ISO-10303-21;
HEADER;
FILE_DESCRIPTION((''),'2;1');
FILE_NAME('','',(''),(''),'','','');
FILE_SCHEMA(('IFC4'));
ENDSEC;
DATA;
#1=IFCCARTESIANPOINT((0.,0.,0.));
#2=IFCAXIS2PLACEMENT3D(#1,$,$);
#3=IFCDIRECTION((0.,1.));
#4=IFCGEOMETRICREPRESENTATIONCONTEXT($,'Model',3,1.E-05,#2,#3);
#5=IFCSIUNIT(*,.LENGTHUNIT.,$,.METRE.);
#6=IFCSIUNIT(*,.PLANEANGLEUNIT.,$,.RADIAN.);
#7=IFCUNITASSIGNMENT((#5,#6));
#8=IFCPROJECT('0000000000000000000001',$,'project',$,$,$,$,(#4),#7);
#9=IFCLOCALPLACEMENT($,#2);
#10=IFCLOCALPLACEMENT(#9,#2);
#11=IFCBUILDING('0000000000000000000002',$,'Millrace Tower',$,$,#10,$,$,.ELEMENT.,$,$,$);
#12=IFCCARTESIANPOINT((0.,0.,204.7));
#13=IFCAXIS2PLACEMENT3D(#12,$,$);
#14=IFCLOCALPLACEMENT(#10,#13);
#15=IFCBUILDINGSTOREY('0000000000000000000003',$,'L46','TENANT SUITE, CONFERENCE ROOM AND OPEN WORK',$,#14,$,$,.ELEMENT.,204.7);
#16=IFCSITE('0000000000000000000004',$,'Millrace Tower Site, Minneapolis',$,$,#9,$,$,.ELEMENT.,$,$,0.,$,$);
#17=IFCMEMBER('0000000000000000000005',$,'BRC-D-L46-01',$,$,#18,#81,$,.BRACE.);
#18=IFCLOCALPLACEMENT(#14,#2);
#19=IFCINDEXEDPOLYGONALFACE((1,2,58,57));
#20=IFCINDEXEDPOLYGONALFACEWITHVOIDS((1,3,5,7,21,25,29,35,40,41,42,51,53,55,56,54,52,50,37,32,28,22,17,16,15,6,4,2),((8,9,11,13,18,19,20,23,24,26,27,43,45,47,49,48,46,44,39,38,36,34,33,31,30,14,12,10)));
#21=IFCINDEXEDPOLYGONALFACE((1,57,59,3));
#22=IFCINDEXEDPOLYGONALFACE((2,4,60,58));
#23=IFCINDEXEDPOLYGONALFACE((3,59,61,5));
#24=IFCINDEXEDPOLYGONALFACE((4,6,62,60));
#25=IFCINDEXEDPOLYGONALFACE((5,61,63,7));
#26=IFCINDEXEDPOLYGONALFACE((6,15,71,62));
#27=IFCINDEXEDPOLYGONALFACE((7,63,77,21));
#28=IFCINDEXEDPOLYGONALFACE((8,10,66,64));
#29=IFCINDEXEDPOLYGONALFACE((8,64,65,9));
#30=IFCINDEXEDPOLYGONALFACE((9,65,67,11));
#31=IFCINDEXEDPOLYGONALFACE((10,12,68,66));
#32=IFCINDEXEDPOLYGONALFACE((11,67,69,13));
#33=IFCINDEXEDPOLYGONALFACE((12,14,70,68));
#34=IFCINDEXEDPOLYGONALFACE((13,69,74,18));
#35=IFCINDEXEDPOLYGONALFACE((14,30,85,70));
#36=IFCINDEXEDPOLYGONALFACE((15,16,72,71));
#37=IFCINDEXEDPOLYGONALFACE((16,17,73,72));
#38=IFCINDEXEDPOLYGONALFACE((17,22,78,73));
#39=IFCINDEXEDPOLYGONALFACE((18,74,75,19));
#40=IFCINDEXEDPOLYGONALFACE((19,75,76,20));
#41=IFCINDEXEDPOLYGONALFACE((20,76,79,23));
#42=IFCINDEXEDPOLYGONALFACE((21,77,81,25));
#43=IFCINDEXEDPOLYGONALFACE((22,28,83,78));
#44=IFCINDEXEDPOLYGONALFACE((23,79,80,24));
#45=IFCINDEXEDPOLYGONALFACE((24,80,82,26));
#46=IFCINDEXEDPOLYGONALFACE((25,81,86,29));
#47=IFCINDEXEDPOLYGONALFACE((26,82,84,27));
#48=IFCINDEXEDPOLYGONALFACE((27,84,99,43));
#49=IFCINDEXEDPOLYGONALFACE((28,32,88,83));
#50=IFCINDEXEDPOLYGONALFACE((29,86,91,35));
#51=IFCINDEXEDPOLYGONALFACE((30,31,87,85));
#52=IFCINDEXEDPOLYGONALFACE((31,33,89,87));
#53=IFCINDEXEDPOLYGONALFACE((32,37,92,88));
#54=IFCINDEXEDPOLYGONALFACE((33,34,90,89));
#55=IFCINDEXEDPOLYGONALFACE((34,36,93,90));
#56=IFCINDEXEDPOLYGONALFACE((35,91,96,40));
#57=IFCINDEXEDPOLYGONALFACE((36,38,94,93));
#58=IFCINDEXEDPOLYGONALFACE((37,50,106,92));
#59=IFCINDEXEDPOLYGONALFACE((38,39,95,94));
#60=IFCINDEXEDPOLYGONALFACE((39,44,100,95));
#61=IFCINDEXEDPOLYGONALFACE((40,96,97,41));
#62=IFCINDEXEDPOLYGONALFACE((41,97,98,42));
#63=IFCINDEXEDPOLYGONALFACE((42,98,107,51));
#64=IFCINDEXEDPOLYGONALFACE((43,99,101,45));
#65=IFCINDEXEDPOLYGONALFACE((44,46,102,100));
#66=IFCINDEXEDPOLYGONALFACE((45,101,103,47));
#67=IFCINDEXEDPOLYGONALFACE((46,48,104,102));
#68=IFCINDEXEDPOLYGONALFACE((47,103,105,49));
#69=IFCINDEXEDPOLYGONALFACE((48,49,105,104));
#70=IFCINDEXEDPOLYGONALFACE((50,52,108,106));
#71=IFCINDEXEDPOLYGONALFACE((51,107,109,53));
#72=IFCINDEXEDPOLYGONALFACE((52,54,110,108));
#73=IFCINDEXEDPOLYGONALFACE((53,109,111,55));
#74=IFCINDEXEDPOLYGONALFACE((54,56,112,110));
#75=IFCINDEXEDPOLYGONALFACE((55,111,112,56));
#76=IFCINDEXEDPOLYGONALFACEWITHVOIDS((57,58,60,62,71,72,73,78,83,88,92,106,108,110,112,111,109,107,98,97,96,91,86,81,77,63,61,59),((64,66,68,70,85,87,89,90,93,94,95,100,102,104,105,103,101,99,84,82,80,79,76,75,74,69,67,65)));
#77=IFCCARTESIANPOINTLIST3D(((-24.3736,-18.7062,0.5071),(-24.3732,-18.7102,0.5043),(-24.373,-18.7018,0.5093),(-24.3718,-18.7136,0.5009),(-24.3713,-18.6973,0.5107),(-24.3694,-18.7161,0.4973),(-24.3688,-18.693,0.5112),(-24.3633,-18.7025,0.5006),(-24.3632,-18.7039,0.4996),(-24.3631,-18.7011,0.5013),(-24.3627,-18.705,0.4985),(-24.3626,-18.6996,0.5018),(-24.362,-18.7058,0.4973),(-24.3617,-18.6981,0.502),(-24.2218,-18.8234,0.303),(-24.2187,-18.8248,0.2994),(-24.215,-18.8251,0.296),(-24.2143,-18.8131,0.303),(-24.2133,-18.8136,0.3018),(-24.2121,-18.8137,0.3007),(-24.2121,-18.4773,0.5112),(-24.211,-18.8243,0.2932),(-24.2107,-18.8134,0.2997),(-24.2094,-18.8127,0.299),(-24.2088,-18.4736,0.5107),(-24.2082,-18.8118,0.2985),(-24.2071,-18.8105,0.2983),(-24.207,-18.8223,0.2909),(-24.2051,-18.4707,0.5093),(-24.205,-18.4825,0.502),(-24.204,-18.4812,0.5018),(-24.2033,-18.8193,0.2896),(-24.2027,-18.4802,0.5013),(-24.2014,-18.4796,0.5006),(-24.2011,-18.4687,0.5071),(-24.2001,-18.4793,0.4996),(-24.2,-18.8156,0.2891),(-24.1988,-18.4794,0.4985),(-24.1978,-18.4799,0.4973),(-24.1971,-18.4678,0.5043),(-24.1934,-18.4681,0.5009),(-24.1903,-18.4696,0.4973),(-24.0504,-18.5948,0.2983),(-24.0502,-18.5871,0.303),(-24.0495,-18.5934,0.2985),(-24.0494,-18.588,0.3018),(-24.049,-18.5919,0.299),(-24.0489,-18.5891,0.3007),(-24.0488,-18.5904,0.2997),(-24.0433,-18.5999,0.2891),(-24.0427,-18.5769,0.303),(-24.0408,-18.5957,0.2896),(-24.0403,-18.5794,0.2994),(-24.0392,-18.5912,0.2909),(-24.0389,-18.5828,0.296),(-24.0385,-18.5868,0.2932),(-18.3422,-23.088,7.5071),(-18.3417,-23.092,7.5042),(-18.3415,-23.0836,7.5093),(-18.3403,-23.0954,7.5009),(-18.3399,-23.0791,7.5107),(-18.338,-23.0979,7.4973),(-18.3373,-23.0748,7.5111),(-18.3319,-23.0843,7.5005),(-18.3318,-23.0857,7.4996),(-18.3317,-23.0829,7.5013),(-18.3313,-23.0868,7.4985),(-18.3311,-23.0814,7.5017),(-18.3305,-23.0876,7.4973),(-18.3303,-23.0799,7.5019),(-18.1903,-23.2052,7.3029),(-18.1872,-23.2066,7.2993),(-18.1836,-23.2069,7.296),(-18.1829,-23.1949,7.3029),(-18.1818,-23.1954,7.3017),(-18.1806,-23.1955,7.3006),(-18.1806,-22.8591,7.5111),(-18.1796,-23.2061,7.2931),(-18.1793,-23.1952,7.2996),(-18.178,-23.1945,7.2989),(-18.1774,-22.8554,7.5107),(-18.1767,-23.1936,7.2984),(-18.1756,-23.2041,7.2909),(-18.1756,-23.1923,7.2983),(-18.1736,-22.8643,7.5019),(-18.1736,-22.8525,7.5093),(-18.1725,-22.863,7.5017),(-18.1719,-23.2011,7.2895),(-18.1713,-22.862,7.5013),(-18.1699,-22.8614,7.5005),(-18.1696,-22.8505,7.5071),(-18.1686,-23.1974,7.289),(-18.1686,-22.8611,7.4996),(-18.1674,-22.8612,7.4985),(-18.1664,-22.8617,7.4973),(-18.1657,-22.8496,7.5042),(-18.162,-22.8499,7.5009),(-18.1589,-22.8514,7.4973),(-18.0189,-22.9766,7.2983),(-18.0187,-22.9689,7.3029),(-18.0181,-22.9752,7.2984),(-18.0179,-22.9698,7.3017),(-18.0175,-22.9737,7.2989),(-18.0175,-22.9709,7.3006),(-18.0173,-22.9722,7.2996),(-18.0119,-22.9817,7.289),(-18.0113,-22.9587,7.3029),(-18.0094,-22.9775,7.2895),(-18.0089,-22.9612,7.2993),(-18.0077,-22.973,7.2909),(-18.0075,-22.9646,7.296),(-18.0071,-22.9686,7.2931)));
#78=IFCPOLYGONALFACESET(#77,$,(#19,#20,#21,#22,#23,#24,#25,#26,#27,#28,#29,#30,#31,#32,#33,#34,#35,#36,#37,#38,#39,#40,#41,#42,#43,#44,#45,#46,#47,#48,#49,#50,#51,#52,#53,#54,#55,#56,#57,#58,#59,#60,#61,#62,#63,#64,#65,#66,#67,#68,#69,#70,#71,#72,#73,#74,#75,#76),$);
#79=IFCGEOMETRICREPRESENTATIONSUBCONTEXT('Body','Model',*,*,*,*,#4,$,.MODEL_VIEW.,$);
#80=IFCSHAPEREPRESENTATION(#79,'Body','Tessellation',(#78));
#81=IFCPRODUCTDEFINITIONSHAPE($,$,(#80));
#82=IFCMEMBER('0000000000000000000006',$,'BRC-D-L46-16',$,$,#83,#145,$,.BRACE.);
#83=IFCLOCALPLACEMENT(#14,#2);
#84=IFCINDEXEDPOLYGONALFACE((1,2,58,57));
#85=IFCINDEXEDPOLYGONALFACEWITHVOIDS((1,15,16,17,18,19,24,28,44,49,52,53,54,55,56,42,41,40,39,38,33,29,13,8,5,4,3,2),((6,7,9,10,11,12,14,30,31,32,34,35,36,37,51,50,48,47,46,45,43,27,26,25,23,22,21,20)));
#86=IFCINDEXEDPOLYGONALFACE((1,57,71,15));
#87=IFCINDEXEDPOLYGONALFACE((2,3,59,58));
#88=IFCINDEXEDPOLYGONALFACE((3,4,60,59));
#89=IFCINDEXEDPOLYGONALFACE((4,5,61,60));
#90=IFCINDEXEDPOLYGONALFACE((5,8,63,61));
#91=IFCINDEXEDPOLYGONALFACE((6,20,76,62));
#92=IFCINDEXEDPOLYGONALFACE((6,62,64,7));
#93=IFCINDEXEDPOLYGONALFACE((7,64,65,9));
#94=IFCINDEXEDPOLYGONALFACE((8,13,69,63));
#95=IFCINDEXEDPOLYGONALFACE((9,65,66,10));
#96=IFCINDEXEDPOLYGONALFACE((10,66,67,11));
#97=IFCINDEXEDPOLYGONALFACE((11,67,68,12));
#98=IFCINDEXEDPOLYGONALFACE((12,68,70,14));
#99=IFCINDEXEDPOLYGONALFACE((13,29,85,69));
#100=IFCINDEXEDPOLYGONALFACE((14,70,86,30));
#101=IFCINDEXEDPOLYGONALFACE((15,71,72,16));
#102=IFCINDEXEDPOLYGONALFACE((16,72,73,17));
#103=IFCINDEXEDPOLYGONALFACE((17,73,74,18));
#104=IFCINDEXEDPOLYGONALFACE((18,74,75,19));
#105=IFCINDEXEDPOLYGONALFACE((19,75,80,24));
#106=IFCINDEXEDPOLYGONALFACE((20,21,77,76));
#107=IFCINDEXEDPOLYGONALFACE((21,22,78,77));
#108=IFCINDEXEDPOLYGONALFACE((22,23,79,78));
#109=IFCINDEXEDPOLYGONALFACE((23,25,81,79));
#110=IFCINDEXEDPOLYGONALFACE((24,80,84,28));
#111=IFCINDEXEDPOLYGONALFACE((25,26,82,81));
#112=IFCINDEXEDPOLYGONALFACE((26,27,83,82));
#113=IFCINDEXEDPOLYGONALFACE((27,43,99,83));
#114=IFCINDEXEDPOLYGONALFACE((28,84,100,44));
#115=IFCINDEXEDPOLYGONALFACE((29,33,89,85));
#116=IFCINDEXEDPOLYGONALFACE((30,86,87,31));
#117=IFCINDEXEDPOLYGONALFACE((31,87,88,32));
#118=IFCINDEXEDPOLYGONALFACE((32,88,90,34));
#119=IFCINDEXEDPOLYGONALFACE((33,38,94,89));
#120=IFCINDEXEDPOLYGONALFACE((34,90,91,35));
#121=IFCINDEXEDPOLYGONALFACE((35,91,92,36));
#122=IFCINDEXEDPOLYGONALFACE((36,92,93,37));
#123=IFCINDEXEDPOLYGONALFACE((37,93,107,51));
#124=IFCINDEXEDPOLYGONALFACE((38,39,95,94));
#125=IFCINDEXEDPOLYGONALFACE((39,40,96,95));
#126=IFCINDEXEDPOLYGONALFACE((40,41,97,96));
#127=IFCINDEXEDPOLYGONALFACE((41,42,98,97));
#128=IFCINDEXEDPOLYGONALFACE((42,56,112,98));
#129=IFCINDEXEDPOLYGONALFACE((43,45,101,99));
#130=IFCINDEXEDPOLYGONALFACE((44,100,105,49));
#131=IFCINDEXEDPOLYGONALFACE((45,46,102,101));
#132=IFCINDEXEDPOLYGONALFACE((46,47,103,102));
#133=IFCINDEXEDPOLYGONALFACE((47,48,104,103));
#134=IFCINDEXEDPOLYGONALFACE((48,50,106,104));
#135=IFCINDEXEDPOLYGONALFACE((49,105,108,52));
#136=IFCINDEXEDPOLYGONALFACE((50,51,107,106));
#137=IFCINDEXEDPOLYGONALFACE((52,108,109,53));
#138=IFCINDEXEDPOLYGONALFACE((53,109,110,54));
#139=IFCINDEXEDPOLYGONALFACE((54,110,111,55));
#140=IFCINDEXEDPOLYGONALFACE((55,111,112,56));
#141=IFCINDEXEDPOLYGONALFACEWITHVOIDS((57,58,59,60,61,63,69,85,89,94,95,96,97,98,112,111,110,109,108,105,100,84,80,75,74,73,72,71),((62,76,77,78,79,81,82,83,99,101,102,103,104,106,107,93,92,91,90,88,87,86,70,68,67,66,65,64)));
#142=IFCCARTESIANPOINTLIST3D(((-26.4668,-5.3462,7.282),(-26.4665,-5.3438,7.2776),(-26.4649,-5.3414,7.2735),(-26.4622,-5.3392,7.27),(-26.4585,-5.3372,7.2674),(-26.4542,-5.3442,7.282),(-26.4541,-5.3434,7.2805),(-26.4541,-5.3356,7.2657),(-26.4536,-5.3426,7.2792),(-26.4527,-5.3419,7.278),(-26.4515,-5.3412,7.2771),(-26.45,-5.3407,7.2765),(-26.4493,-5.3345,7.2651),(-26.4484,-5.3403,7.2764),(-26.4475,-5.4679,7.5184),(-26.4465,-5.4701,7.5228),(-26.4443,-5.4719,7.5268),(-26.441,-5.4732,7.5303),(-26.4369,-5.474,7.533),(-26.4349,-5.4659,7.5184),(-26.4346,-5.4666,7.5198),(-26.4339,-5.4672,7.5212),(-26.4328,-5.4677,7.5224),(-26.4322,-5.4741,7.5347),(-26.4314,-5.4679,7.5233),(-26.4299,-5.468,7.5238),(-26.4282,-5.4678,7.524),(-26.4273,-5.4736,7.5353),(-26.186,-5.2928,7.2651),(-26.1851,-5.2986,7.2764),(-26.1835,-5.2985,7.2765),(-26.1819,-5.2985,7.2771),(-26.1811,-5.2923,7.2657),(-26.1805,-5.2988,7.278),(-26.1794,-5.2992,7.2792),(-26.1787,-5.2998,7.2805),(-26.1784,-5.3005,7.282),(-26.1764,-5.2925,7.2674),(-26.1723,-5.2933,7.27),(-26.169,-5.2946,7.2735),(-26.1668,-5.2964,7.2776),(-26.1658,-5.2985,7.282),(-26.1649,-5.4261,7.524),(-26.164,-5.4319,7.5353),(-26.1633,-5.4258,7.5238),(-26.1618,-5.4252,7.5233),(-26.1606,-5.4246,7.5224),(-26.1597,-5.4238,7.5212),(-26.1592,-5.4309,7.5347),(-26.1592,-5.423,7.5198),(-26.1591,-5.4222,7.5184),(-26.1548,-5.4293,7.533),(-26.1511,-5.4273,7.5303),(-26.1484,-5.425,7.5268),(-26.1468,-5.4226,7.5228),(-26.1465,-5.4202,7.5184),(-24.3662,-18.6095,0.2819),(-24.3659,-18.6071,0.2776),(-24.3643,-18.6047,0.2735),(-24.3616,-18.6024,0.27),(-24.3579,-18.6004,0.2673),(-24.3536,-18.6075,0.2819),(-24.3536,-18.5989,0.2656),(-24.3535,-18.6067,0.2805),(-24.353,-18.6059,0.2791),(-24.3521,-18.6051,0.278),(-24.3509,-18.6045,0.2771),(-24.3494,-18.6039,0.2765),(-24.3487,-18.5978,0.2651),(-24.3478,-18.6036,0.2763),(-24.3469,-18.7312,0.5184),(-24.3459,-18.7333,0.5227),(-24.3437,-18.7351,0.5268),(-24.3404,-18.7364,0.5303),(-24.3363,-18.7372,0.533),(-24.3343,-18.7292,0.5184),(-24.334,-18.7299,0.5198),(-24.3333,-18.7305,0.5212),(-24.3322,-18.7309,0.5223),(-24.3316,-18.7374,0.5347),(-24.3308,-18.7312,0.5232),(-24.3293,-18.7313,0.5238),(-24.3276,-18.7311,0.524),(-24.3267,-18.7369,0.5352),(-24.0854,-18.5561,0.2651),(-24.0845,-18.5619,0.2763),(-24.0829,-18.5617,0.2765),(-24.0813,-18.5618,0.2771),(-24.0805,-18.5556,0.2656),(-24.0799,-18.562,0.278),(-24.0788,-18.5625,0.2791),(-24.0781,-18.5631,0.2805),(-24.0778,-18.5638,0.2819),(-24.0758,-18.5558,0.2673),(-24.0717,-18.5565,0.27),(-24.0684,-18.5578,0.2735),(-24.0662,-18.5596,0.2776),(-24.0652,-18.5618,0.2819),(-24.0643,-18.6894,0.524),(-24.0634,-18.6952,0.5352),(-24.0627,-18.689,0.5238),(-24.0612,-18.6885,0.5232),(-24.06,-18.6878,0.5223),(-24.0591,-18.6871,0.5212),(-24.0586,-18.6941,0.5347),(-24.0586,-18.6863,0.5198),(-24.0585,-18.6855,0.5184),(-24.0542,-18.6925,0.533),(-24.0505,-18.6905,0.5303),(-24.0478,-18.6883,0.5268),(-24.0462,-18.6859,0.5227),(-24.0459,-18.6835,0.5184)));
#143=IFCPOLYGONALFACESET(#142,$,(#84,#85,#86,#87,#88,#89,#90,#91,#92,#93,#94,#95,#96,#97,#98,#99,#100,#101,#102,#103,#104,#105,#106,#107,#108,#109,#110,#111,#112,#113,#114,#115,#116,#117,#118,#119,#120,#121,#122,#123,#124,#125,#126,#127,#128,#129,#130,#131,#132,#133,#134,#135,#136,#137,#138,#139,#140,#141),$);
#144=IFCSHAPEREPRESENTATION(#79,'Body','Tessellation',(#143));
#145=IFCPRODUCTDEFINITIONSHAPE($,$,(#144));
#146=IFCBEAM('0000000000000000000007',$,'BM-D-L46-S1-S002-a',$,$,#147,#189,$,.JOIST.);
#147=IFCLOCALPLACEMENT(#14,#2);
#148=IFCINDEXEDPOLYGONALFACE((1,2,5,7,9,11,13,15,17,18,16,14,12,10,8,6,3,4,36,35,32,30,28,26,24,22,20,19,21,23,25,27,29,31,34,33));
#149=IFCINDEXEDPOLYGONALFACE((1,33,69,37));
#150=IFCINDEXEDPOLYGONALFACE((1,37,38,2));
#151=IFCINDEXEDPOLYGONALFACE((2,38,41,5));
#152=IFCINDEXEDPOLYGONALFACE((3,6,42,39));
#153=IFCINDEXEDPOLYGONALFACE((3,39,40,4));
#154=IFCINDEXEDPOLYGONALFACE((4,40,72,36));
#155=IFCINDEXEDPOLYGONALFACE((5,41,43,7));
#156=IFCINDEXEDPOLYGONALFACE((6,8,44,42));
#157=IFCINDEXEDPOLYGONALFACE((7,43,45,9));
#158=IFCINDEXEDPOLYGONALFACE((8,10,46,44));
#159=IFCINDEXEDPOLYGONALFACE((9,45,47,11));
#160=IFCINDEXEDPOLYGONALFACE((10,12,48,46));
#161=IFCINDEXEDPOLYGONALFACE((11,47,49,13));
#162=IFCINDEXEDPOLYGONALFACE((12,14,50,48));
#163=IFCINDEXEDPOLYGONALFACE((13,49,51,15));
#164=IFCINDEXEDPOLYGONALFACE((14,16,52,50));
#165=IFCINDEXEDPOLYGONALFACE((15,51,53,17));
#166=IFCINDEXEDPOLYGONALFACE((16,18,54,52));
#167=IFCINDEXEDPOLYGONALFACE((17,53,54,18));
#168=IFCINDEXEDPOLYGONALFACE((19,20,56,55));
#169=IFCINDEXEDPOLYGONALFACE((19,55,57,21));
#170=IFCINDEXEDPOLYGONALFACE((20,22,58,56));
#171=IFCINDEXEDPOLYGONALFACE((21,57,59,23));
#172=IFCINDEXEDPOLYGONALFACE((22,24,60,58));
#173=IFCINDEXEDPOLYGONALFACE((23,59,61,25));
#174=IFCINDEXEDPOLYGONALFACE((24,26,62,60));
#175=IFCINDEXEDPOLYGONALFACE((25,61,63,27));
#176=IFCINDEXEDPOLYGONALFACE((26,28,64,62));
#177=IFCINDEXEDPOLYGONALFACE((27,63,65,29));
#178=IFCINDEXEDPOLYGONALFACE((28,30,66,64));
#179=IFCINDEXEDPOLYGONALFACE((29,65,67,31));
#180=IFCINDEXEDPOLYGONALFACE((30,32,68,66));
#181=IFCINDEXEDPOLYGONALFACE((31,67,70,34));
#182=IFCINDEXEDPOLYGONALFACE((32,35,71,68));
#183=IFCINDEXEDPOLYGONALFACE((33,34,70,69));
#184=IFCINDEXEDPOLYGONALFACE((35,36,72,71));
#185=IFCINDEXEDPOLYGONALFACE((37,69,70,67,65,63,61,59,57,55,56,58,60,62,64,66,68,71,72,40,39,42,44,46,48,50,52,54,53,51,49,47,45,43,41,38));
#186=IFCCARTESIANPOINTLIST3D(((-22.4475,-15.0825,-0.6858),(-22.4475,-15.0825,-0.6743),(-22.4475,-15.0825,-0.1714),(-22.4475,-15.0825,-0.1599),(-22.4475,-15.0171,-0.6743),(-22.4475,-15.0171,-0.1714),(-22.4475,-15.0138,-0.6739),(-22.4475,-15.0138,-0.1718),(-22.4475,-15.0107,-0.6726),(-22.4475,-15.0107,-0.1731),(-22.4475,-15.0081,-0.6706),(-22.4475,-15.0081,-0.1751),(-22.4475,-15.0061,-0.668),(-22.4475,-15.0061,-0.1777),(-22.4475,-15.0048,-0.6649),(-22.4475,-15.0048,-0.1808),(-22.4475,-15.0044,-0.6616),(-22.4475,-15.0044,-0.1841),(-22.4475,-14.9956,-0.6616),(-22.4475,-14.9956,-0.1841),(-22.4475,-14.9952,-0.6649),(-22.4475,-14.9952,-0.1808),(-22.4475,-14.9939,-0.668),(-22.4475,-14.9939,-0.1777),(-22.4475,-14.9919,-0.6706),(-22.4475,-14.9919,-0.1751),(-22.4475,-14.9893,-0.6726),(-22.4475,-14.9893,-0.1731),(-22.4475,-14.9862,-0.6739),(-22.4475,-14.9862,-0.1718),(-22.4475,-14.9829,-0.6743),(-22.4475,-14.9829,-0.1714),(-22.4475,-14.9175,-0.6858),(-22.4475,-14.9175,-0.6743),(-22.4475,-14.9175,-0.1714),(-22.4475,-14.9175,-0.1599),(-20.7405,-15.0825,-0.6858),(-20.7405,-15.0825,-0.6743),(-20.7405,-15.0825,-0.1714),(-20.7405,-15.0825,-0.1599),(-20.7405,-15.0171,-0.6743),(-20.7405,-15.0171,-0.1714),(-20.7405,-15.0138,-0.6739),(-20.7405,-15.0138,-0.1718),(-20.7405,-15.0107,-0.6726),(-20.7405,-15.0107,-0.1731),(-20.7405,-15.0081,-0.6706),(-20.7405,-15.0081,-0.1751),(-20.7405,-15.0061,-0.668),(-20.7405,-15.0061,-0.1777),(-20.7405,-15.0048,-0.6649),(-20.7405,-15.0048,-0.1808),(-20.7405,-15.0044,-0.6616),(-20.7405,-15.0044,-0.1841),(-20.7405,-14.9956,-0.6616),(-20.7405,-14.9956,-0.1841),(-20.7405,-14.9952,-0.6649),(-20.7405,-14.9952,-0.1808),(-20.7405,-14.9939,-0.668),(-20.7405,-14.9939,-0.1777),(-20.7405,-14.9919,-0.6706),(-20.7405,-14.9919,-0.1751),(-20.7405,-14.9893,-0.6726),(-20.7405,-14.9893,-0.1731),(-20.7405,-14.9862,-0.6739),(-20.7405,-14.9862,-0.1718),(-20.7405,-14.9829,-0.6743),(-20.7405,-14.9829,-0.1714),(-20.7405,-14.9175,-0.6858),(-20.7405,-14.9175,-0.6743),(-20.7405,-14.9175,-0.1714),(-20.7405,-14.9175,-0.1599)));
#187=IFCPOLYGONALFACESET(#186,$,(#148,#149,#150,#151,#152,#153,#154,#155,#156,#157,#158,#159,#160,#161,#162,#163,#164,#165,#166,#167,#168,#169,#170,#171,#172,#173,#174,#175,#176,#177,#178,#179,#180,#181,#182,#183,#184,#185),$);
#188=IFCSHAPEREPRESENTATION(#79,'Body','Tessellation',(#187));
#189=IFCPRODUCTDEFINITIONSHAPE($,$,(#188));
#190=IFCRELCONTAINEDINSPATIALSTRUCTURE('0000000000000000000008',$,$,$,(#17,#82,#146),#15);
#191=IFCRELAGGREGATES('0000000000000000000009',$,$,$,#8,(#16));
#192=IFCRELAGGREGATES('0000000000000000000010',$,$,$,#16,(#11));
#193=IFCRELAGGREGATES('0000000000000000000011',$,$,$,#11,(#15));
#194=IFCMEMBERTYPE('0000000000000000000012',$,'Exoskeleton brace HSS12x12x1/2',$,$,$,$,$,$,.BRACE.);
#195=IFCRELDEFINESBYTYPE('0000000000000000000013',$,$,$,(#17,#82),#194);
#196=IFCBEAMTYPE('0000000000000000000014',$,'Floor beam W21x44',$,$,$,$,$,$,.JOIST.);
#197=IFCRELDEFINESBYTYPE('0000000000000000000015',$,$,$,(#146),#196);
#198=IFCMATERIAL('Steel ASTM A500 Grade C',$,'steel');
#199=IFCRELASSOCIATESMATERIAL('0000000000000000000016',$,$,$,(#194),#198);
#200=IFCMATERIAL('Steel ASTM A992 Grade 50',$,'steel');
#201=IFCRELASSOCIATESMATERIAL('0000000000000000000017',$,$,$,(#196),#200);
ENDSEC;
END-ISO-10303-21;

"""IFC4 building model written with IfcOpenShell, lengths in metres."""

from ifc_helpers import new_model, si_unit, direction, frame, origin, origin_2d, place, context, subcontext, project, spatial, hollow_rectangle, i_section, extrude, material, material_profile, profile_set, type_object, element, save


model = new_model("IFC4")

# Units and contexts
model_context = context("Model", 3, precision=1e-05, world=origin(), true_north=direction((0.0, 1.0)))
body_context = subcontext(model_context, "Body", "Model", "MODEL_VIEW")
ifc_project = project(units=[si_unit("LENGTHUNIT", "METRE"), si_unit("PLANEANGLEUNIT", "RADIAN")], contexts=[model_context])

# Site, building, storey
site_placement = place(None, origin())
site = spatial("IfcSite", under=ifc_project, at=site_placement, Name="Millrace Tower Site, Minneapolis", CompositionType="ELEMENT", RefElevation=0.0)
building_placement = place(site_placement, origin())
building = spatial("IfcBuilding", under=site, at=building_placement, Name="Millrace Tower", CompositionType="ELEMENT")
storey_placement = place(building_placement, frame((0.0, 0.0, 204.7)))
storey = spatial("IfcBuildingStorey", under=building, at=storey_placement, Name="L46", Description="TENANT SUITE, CONFERENCE ROOM AND OPEN WORK", CompositionType="ELEMENT", Elevation=204.7)

# Members
ifc_material_1 = material(Name="Steel ASTM A500 Grade C", Category="steel")
ifc_material_profile_1 = material_profile(ifc_material_1, hollow_rectangle(XDim=0.3047, YDim=0.3047, WallThickness=0.0127, InnerFilletRadius=0.0063, OuterFilletRadius=0.019, at=origin_2d()))
ifc_profile_set_1 = profile_set([ifc_material_profile_1], Name="Steel ASTM A500 Grade C")
member_type_1 = type_object("IfcMemberType", Name="Exoskeleton brace HSS12x12x1/2", PredefinedType="BRACE", material=ifc_profile_set_1)
member_1_placement = place(storey_placement, frame((-24.2061, -18.6465, 0.4001), z_axis=(0.589796, -0.428482, 0.684502), x_axis=(0.587759, 0.809036, 0.0)))
element("IfcMember", 1, at=member_1_placement, inside=storey, type_object=member_type_1, Name="BRC-D-L46-01", PredefinedType="BRACE", context=body_context, shape_type="SweptSolid", body=[
    extrude(hollow_rectangle(XDim=0.3047, YDim=0.3047, WallThickness=0.0127, InnerFilletRadius=0.0063, OuterFilletRadius=0.019, at=origin_2d()), origin(), (0.0, 0.0, 1.0), 10.2263),
])
member_2_placement = place(storey_placement, frame((-24.2061, -18.6465, 0.4001), z_axis=(-0.138712, 0.875836, 0.462246), x_axis=(-0.987689, -0.156427, 0.0)))
element("IfcMember", 2, at=member_2_placement, inside=storey, type_object=member_type_1, Name="BRC-D-L46-16", PredefinedType="BRACE", context=body_context, shape_type="SweptSolid", body=[
    extrude(hollow_rectangle(XDim=0.3047, YDim=0.3047, WallThickness=0.0127, InnerFilletRadius=0.0063, OuterFilletRadius=0.019, at=origin_2d()), origin(), (0.0, 0.0, 1.0), 15.1436),
])

# Beam
ifc_material_2 = material(Name="Steel ASTM A992 Grade 50", Category="steel")
ifc_material_profile_2 = material_profile(ifc_material_2, i_section(OverallWidth=0.165, OverallDepth=0.5259, WebThickness=0.0088, FlangeThickness=0.0115, FilletRadius=0.0127, at=origin_2d()))
ifc_profile_set_2 = profile_set([ifc_material_profile_2], Name="Steel ASTM A992 Grade 50")
beam_type_1 = type_object("IfcBeamType", Name="Floor beam W21x44", PredefinedType="JOIST", material=ifc_profile_set_2)
beam_1_placement = place(storey_placement, frame((-22.4475, -15.0, -0.4229), z_axis=(1.0, 0.0, 0.0), x_axis=(0.0, 1.0, 0.0)))
element("IfcBeam", 3, at=beam_1_placement, inside=storey, type_object=beam_type_1, Name="BM-D-L46-S1-S002-a", PredefinedType="JOIST", context=body_context, shape_type="SweptSolid", body=[
    extrude(i_section(OverallWidth=0.165, OverallDepth=0.5259, WebThickness=0.0088, FlangeThickness=0.0115, FilletRadius=0.0127, at=origin_2d()), origin(), (0.0, 0.0, 1.0), 1.707),
])

save(model, "model.ifc")
